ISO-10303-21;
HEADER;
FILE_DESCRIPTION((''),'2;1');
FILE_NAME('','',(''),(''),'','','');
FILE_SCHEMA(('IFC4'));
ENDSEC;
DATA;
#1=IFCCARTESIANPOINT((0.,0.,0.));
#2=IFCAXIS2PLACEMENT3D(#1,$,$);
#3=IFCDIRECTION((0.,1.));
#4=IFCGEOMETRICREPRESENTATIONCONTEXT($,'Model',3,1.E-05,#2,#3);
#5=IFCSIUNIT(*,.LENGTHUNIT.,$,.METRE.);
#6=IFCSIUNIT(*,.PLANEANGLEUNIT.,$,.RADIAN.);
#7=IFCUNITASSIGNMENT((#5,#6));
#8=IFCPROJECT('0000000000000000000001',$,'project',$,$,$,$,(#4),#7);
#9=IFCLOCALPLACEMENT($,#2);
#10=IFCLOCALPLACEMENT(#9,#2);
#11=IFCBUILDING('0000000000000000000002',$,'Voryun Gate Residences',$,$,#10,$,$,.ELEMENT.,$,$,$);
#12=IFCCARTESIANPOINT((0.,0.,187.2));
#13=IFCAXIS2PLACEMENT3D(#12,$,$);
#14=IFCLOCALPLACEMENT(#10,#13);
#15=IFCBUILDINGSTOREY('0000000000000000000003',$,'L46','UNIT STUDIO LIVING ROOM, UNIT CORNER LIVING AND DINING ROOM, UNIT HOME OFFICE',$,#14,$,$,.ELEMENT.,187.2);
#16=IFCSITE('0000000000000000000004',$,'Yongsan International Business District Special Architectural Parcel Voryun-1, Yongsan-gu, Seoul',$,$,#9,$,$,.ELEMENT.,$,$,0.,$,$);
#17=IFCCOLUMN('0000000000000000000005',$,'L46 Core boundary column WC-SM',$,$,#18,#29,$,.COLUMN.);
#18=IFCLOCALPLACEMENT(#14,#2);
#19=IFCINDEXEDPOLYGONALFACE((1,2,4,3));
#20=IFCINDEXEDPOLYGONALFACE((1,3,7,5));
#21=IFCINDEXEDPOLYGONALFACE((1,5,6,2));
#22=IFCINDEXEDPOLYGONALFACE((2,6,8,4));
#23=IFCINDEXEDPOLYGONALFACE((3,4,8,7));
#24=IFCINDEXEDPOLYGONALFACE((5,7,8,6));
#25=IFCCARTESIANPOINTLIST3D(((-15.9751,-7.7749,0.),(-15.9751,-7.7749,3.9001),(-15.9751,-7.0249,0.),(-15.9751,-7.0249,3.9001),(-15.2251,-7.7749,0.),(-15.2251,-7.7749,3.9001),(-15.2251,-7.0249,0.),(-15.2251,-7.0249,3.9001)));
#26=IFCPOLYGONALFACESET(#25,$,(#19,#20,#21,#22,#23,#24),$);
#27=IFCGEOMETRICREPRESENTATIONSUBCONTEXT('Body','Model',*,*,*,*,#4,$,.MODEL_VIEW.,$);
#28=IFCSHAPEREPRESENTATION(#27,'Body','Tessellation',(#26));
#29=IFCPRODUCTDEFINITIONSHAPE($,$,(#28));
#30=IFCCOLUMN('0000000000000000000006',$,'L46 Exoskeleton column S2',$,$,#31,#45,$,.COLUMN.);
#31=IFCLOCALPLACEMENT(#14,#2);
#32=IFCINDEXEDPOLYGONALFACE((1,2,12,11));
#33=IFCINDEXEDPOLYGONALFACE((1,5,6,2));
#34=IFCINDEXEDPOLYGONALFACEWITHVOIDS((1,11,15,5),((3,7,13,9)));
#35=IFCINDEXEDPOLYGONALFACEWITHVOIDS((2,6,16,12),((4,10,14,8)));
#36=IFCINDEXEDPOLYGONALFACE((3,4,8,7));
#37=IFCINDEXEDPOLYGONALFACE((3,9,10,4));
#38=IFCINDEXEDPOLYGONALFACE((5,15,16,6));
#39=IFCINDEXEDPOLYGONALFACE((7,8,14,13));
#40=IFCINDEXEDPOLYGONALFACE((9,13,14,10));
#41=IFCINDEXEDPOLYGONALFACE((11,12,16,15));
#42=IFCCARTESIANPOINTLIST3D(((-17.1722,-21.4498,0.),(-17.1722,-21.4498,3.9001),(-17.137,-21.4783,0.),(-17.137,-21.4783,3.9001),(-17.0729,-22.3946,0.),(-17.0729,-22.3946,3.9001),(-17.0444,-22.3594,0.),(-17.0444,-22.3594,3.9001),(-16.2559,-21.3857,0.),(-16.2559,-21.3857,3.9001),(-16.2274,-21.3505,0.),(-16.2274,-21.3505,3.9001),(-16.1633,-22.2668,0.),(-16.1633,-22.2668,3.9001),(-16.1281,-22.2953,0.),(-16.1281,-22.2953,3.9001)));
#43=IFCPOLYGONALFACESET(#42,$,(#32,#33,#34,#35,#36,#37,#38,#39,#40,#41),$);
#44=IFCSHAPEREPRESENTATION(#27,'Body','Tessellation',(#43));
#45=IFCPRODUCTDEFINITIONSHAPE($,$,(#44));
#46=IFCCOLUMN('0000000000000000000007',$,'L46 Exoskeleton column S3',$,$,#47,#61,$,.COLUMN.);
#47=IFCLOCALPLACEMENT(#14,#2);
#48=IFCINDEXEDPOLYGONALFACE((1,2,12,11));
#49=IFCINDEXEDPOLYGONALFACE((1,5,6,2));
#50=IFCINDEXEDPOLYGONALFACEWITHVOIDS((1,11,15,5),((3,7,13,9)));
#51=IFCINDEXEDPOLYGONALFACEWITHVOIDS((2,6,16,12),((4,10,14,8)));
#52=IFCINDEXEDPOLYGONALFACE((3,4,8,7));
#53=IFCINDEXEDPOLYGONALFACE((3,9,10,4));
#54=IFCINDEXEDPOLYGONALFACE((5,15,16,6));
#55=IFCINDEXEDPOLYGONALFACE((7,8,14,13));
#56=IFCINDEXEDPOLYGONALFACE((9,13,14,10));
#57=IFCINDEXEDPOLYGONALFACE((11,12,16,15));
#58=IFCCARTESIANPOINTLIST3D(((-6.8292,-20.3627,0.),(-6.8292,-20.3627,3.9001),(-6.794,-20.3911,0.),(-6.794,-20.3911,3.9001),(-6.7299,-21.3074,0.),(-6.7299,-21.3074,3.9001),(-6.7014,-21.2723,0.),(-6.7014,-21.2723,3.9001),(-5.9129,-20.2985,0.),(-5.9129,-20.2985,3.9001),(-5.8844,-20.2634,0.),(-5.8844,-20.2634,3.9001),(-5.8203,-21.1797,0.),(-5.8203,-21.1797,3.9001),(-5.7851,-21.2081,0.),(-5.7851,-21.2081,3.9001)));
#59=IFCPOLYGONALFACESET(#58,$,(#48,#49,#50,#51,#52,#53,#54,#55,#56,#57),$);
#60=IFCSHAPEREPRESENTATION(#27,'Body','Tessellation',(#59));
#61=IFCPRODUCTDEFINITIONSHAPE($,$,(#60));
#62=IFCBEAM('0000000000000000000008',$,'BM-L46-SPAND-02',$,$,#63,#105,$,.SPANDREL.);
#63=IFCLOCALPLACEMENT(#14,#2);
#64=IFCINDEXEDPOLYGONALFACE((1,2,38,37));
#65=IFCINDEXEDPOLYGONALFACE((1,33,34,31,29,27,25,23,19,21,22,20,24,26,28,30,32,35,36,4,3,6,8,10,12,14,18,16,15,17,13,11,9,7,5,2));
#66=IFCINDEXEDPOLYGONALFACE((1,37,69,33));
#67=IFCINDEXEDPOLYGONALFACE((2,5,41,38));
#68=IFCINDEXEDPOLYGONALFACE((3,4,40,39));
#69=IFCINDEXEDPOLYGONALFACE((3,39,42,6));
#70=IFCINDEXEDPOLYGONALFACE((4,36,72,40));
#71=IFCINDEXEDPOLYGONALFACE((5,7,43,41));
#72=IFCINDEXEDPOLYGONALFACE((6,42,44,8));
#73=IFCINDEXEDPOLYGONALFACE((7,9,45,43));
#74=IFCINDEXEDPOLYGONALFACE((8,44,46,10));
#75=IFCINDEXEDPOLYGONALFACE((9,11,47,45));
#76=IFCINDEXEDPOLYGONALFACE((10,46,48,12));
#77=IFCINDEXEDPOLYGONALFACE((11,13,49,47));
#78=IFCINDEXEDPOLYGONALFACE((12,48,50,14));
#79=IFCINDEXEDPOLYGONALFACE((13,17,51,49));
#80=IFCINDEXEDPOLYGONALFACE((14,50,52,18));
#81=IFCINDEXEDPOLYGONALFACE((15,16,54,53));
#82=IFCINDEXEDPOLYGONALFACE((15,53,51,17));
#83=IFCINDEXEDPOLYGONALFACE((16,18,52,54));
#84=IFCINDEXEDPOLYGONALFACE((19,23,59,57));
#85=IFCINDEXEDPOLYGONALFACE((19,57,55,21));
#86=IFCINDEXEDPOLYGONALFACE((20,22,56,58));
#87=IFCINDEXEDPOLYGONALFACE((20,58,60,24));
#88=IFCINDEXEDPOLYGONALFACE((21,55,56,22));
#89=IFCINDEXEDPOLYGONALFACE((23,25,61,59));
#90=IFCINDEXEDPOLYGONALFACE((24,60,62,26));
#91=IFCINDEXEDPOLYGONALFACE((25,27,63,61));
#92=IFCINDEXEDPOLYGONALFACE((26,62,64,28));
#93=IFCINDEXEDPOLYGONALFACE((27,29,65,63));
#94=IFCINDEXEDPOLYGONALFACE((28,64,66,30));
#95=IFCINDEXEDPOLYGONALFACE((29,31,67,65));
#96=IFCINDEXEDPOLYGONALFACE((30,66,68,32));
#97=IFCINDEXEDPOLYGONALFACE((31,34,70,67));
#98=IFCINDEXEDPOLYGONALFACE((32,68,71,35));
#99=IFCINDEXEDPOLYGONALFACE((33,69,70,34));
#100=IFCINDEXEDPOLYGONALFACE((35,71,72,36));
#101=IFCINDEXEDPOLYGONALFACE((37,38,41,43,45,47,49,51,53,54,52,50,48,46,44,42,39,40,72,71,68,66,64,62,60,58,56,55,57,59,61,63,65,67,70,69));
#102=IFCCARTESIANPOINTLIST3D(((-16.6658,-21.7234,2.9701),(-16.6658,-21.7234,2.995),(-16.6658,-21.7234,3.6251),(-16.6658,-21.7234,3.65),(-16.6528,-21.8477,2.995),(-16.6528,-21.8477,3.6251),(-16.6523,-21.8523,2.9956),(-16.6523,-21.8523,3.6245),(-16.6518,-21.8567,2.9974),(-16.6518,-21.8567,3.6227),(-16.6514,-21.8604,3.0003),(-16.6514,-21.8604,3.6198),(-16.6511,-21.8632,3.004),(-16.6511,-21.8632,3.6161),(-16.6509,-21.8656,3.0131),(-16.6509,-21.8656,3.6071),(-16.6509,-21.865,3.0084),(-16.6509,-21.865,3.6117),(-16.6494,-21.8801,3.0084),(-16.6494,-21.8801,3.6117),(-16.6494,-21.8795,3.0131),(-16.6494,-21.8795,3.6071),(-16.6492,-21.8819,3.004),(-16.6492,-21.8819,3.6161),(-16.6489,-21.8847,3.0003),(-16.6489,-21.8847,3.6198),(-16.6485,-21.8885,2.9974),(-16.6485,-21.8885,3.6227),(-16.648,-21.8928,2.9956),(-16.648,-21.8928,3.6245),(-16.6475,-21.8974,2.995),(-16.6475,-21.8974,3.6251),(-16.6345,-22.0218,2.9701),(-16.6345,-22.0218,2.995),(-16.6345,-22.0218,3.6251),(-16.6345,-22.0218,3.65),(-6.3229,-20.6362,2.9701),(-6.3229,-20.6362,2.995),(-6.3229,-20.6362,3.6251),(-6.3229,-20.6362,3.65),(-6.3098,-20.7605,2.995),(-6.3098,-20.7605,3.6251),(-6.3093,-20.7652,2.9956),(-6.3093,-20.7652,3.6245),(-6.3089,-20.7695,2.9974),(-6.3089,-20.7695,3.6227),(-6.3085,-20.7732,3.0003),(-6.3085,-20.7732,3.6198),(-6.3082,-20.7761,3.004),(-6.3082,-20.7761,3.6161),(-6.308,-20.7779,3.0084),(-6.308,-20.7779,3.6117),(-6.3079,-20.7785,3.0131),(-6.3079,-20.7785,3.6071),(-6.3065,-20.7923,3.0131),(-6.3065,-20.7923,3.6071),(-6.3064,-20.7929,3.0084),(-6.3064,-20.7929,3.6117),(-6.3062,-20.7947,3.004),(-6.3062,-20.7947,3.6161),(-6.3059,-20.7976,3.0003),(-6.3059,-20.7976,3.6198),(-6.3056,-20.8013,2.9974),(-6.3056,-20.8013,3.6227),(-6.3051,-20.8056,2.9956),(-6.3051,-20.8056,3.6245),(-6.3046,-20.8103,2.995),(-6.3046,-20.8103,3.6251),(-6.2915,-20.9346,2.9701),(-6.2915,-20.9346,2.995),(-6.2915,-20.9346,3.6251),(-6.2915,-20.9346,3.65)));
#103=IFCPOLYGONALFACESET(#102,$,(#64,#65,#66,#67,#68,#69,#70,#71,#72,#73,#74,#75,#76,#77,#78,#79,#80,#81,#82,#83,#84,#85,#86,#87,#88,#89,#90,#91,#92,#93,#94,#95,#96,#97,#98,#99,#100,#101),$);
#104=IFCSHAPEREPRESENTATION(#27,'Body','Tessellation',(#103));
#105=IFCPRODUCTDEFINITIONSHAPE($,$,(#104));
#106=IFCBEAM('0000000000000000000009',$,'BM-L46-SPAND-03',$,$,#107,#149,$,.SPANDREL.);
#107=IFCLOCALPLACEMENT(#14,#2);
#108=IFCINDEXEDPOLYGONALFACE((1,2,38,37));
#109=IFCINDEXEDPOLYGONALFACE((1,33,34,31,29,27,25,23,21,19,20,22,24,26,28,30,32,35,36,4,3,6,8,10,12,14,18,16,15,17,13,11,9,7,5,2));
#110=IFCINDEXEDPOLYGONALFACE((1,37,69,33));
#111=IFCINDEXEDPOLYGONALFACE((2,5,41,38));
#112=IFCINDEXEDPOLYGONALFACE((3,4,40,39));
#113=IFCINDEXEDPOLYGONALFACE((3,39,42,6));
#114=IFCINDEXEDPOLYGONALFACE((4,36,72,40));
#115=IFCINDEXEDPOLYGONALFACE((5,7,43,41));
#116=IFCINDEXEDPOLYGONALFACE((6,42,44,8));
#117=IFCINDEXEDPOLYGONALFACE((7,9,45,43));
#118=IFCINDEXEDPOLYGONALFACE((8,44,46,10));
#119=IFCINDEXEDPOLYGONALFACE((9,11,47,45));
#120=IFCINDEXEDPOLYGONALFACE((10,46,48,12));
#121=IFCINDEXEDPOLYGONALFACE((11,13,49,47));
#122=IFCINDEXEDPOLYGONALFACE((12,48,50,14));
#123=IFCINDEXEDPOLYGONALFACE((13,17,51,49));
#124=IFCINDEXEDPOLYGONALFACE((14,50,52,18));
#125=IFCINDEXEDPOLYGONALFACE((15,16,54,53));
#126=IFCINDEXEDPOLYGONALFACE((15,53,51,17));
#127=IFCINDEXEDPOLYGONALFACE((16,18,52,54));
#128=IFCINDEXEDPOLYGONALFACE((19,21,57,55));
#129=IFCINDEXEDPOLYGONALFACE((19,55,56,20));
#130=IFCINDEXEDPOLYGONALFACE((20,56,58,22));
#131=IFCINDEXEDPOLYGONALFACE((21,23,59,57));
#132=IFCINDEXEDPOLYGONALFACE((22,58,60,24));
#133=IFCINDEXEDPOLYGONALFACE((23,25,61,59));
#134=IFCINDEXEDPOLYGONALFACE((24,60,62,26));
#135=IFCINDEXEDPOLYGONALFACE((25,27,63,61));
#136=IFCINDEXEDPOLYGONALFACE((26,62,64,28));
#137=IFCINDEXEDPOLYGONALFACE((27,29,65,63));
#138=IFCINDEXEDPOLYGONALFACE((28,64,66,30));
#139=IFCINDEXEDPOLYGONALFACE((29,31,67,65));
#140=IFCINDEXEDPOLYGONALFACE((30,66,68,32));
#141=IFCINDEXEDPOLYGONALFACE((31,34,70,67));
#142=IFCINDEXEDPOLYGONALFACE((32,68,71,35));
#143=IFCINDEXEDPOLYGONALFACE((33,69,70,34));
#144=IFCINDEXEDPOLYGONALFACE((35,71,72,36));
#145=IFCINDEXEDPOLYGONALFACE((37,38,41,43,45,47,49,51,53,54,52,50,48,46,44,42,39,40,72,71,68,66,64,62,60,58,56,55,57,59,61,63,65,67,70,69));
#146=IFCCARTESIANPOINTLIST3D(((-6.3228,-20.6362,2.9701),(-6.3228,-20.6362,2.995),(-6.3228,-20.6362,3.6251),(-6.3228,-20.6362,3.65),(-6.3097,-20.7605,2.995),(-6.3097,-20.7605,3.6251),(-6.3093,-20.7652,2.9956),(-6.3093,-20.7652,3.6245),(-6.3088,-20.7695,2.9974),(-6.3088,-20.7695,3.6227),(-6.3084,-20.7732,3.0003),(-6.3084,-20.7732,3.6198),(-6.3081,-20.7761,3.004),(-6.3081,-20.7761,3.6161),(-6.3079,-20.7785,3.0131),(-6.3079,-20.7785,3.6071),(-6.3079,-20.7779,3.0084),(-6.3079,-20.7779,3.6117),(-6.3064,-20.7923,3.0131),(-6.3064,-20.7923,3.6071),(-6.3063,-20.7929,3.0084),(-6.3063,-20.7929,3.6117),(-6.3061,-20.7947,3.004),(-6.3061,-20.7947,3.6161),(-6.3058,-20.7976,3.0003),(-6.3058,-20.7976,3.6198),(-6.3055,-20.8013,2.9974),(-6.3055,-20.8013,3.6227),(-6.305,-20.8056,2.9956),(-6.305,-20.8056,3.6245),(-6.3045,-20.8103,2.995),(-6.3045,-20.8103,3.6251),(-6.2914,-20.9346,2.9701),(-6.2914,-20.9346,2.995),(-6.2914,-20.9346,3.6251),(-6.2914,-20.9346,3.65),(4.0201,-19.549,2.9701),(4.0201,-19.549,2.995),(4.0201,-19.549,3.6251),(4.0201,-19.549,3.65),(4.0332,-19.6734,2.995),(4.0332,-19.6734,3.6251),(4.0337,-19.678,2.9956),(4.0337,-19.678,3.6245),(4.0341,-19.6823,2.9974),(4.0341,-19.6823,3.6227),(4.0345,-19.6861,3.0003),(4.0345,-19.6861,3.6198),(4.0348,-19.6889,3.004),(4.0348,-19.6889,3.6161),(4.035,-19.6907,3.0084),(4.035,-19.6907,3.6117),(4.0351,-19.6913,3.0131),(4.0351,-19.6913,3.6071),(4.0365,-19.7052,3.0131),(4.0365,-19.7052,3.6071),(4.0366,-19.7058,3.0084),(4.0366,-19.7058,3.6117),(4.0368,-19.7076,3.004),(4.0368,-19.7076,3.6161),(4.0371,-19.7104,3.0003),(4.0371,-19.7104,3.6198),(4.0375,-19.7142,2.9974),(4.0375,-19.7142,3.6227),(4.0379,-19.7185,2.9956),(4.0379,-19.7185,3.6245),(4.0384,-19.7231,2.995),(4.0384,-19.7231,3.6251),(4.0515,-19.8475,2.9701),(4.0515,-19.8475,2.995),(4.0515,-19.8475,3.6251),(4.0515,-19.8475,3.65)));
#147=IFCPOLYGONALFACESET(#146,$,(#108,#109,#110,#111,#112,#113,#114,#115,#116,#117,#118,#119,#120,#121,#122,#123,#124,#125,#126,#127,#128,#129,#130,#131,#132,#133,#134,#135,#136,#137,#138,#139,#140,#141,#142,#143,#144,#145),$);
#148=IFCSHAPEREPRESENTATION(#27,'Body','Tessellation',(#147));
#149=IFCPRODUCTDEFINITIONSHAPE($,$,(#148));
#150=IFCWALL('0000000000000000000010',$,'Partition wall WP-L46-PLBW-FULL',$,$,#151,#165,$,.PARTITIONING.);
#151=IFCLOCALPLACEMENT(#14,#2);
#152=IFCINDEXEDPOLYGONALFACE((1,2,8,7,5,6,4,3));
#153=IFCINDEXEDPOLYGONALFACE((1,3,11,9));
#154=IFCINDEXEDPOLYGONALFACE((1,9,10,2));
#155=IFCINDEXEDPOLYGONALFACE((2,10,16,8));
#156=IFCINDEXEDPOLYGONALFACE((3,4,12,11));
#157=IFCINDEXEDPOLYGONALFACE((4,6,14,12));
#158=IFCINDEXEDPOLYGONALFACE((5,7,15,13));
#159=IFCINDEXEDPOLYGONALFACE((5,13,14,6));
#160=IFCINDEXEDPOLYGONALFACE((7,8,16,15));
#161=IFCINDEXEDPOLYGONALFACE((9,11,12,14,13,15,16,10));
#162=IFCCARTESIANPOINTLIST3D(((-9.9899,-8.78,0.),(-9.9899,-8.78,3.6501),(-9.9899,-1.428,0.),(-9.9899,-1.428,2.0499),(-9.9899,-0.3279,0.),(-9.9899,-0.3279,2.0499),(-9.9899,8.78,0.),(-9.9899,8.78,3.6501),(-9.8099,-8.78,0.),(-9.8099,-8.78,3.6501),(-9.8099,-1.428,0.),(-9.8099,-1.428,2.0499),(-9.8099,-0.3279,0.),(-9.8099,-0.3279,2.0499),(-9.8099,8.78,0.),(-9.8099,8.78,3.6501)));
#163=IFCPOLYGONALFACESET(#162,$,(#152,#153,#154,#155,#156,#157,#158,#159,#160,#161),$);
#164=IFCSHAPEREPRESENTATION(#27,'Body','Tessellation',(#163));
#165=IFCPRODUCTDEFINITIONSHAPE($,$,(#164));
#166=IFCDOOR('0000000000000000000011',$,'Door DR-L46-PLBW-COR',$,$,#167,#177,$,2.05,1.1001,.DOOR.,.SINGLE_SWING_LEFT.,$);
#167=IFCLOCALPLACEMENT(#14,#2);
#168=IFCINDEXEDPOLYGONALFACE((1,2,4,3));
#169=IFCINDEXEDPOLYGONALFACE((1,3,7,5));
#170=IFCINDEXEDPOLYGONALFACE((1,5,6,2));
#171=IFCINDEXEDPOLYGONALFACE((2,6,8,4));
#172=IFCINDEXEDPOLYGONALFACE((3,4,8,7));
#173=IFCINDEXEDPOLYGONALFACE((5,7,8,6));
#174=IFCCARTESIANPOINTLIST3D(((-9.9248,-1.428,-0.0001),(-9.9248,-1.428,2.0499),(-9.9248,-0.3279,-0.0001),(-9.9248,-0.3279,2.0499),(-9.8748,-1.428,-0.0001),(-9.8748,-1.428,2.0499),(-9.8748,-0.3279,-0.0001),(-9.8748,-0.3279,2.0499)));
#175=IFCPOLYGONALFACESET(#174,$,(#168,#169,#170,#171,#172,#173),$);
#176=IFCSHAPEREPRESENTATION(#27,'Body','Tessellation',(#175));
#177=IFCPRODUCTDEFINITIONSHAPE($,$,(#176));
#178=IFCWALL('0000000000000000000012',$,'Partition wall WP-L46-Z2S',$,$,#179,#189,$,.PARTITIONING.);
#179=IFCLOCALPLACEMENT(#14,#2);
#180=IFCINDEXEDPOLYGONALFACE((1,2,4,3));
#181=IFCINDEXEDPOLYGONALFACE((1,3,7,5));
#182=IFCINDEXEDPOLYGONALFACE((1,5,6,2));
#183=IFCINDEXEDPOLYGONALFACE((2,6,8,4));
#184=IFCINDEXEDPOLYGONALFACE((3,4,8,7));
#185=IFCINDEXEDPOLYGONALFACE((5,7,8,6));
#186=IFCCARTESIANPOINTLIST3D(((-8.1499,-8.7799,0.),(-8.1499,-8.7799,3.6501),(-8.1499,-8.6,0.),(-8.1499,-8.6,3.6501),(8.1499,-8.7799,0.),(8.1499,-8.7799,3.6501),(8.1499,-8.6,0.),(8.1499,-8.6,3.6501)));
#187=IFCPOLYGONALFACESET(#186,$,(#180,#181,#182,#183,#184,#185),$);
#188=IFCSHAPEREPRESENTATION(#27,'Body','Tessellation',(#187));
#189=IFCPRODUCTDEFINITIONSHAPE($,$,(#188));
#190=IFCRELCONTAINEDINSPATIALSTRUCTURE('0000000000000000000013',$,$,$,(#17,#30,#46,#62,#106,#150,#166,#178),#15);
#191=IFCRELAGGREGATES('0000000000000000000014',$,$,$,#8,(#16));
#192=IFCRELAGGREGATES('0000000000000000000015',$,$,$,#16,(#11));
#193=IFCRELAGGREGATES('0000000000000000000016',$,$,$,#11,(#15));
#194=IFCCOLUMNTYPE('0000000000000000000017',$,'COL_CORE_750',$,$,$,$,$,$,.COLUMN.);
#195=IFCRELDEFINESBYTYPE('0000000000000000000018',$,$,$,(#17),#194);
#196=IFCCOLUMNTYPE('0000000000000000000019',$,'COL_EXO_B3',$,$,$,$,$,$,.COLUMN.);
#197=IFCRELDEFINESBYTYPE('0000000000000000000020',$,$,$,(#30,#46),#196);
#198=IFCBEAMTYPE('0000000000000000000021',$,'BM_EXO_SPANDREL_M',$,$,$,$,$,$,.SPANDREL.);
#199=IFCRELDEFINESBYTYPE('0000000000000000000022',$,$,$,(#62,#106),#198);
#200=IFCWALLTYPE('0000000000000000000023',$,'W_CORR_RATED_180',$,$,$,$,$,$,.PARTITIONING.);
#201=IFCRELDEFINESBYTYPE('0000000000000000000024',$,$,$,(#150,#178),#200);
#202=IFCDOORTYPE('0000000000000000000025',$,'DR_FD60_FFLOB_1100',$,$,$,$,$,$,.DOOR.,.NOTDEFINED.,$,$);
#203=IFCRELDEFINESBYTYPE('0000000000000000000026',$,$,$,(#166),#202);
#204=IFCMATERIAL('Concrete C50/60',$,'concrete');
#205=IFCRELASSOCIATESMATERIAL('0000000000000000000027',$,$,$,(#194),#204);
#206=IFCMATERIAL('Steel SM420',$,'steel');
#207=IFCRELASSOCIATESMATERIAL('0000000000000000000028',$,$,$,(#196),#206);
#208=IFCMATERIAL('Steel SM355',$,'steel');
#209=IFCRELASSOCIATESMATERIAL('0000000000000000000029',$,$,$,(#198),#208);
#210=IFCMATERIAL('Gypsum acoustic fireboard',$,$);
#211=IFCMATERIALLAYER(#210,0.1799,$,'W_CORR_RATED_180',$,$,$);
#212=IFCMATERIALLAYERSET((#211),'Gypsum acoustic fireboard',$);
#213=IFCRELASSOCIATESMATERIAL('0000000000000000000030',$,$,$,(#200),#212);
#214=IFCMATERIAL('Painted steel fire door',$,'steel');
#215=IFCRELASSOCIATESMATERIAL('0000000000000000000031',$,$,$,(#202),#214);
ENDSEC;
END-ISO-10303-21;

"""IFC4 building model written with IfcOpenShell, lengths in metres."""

from ifc_helpers import new_model, si_unit, direction, frame, frame_2d, origin, origin_2d, place, context, subcontext, project, spatial, rectangle, hollow_rectangle, i_section, extrude, material, layer, layer_set, material_profile, profile_set, type_object, element, fill, save


model = new_model("IFC4")

# Units and contexts
model_context = context("Model", 3, precision=1e-05, world=origin(), true_north=direction((0.0, 1.0)))
body_context = subcontext(model_context, "Body", "Model", "MODEL_VIEW")
ifc_project = project(units=[si_unit("LENGTHUNIT", "METRE"), si_unit("PLANEANGLEUNIT", "RADIAN")], contexts=[model_context])

# Site, building, storey
site_placement = place(None, origin())
site = spatial("IfcSite", under=ifc_project, at=site_placement, Name="Yongsan International Business District Special Architectural Parcel Voryun-1, Yongsan-gu, Seoul", CompositionType="ELEMENT", RefElevation=0.0)
building_placement = place(site_placement, origin())
building = spatial("IfcBuilding", under=site, at=building_placement, Name="Voryun Gate Residences", CompositionType="ELEMENT")
storey_placement = place(building_placement, frame((0.0, 0.0, 187.2)))
storey = spatial("IfcBuildingStorey", under=building, at=storey_placement, Name="L46", Description="UNIT STUDIO LIVING ROOM, UNIT CORNER LIVING AND DINING ROOM, UNIT HOME OFFICE", CompositionType="ELEMENT", Elevation=187.2)

# Columns
ifc_material_1 = material(Name="Concrete C50/60", Category="concrete")
ifc_material_profile_1 = material_profile(ifc_material_1, rectangle(XDim=0.75, YDim=0.75, at=origin_2d()), Name="RC-750x750")
ifc_profile_set_1 = profile_set([ifc_material_profile_1], Name="Concrete C50/60")
column_type_1 = type_object("IfcColumnType", Name="COL_CORE_750", PredefinedType="COLUMN", material=ifc_profile_set_1)
column_placement = place(storey_placement, frame((-15.6001, -7.3999, 0.0), z_axis=(0.0, 0.0, 1.0), x_axis=(1.0, 0.0, 0.0)))
element("IfcColumn", 1, at=column_placement, inside=storey, type_object=column_type_1, Name="L46 Core boundary column WC-SM", PredefinedType="COLUMN", context=body_context, shape_type="SweptSolid", body=[
    extrude(rectangle(XDim=0.75, YDim=0.75, at=origin_2d()), origin(), (0.0, 0.0, 1.0), 3.9001),
])
ifc_material_2 = material(Name="Steel SM420", Category="steel")
ifc_material_profile_2 = material_profile(ifc_material_2, hollow_rectangle(XDim=0.95, YDim=0.95, WallThickness=0.032, at=origin_2d()), Name="BOX-950x950x32")
ifc_profile_set_2 = profile_set([ifc_material_profile_2], Name="Steel SM420")
column_type_2 = type_object("IfcColumnType", Name="COL_EXO_B3", PredefinedType="COLUMN", material=ifc_profile_set_2)
for number, where, z_axis, x_axis, name in (
    (2, (-16.6501, -21.8726, 0.0), (0.0, 0.0, 1.0), (0.994522, 0.104528, 0.0), "L46 Exoskeleton column S2"),
    (3, (-6.3071, -20.7854, 0.0), (0.0, 0.0, 1.0), (0.994522, 0.104528, 0.0), "L46 Exoskeleton column S3"),
):
    element("IfcColumn", number, at=place(storey_placement, frame(where, z_axis=z_axis, x_axis=x_axis)), inside=storey, type_object=column_type_2, Name=name, PredefinedType="COLUMN", context=body_context, shape_type="SweptSolid", body=[
        extrude(hollow_rectangle(XDim=0.95, YDim=0.95, WallThickness=0.032, at=origin_2d()), origin(), (0.0, 0.0, 1.0), 3.9001),
    ])

# Beams
ifc_material_3 = material(Name="Steel SM355", Category="steel")
ifc_material_profile_3 = material_profile(ifc_material_3, i_section(OverallWidth=0.3, OverallDepth=0.6799, WebThickness=0.0139, FlangeThickness=0.0249, FilletRadius=0.0181, at=origin_2d()), Name="H-680x300x14x25")
ifc_profile_set_3 = profile_set([ifc_material_profile_3], Name="Steel SM355")
beam_type = type_object("IfcBeamType", Name="BM_EXO_SPANDREL_M", PredefinedType="SPANDREL", material=ifc_profile_set_3)
for number, where, z_axis, x_axis, name in (
    (4, (-16.6501, -21.8726, 3.3101), (0.994521, 0.104534, 0.0), (-0.104534, 0.994521, 0.0), "BM-L46-SPAND-02"),
    (5, (-6.3071, -20.7854, 3.3101), (0.994521, 0.104534, 0.0), (-0.104534, 0.994521, 0.0), "BM-L46-SPAND-03"),
):
    element("IfcBeam", number, at=place(storey_placement, frame(where, z_axis=z_axis, x_axis=x_axis)), inside=storey, type_object=beam_type, Name=name, PredefinedType="SPANDREL", context=body_context, shape_type="SweptSolid", body=[
        extrude(i_section(OverallWidth=0.3, OverallDepth=0.6799, WebThickness=0.0139, FlangeThickness=0.0249, FilletRadius=0.0181, at=origin_2d()), origin(), (0.0, 0.0, 1.0), 10.3999),
    ])

# Wall, opening, door
ifc_material_4 = material(Name="Gypsum acoustic fireboard")
ifc_layer_1 = layer(ifc_material_4, 0.1799, Name="W_CORR_RATED_180")
ifc_layer_set_1 = layer_set([ifc_layer_1], Name="Gypsum acoustic fireboard")
wall_type_1 = type_object("IfcWallType", Name="W_CORR_RATED_180", PredefinedType="PARTITIONING", material=ifc_layer_set_1)
wall_1_placement = place(storey_placement, frame((-9.8999, -8.78, 0.0), z_axis=(0.0, 0.0, 1.0), x_axis=(0.0, 1.0, 0.0)))
wall_1 = element("IfcWall", 6, at=wall_1_placement, inside=storey, type_object=wall_type_1, Name="Partition wall WP-L46-PLBW-FULL", PredefinedType="PARTITIONING", context=body_context, shape_type="SweptSolid", body=[
    extrude(rectangle(XDim=17.5601, YDim=0.1799, at=frame_2d((8.78, 0.0))), origin(), (0.0, 0.0, 1.0), 3.6501),
])
opening_1_placement = place(wall_1_placement, frame((7.3521, 0.0, 0.0)))
opening_1 = element("IfcOpeningElement", 7, at=opening_1_placement, cuts=wall_1, PredefinedType="OPENING", context=body_context, shape_type="SweptSolid", body=[
    extrude(rectangle(XDim=1.1001, YDim=2.05, at=frame_2d((0.55, 1.0249))), frame((0.0, 0.0999, 0.0), z_axis=(0.0, -1.0, 0.0), x_axis=(1.0, 0.0, 0.0)), (0.0, 0.0, 1.0), 0.2),
])
ifc_material_5 = material(Name="Painted steel fire door", Category="steel")
door_type_1 = type_object("IfcDoorType", Name="DR_FD60_FFLOB_1100", OperationType="NOTDEFINED", PredefinedType="DOOR", material=ifc_material_5)
door_1_placement = place(opening_1_placement, origin())
door_1 = element("IfcDoor", 8, at=door_1_placement, inside=storey, type_object=door_type_1, Name="Door DR-L46-PLBW-COR", OperationType="SINGLE_SWING_LEFT", OverallHeight=2.05, OverallWidth=1.1001, PredefinedType="DOOR", context=body_context, shape_type="SweptSolid", body=[
    extrude(rectangle(XDim=1.1001, YDim=2.05, at=frame_2d((0.55, 1.0249))), frame((0.0, 0.0249, 0.0), z_axis=(0.0, -1.0, 0.0), x_axis=(1.0, 0.0, 0.0)), (0.0, 0.0, 1.0), 0.05),
])
fill(opening_1, door_1)

# Wall
wall_2_placement = place(storey_placement, frame((-8.1499, -8.6899, 0.0), z_axis=(0.0, 0.0, 1.0), x_axis=(1.0, 0.0, 0.0)))
element("IfcWall", 9, at=wall_2_placement, inside=storey, type_object=wall_type_1, Name="Partition wall WP-L46-Z2S", PredefinedType="PARTITIONING", context=body_context, shape_type="SweptSolid", body=[
    extrude(rectangle(XDim=16.2998, YDim=0.1799, at=frame_2d((8.1499, 0.0))), origin(), (0.0, 0.0, 1.0), 3.6501),
])

save(model, "model.ifc")
